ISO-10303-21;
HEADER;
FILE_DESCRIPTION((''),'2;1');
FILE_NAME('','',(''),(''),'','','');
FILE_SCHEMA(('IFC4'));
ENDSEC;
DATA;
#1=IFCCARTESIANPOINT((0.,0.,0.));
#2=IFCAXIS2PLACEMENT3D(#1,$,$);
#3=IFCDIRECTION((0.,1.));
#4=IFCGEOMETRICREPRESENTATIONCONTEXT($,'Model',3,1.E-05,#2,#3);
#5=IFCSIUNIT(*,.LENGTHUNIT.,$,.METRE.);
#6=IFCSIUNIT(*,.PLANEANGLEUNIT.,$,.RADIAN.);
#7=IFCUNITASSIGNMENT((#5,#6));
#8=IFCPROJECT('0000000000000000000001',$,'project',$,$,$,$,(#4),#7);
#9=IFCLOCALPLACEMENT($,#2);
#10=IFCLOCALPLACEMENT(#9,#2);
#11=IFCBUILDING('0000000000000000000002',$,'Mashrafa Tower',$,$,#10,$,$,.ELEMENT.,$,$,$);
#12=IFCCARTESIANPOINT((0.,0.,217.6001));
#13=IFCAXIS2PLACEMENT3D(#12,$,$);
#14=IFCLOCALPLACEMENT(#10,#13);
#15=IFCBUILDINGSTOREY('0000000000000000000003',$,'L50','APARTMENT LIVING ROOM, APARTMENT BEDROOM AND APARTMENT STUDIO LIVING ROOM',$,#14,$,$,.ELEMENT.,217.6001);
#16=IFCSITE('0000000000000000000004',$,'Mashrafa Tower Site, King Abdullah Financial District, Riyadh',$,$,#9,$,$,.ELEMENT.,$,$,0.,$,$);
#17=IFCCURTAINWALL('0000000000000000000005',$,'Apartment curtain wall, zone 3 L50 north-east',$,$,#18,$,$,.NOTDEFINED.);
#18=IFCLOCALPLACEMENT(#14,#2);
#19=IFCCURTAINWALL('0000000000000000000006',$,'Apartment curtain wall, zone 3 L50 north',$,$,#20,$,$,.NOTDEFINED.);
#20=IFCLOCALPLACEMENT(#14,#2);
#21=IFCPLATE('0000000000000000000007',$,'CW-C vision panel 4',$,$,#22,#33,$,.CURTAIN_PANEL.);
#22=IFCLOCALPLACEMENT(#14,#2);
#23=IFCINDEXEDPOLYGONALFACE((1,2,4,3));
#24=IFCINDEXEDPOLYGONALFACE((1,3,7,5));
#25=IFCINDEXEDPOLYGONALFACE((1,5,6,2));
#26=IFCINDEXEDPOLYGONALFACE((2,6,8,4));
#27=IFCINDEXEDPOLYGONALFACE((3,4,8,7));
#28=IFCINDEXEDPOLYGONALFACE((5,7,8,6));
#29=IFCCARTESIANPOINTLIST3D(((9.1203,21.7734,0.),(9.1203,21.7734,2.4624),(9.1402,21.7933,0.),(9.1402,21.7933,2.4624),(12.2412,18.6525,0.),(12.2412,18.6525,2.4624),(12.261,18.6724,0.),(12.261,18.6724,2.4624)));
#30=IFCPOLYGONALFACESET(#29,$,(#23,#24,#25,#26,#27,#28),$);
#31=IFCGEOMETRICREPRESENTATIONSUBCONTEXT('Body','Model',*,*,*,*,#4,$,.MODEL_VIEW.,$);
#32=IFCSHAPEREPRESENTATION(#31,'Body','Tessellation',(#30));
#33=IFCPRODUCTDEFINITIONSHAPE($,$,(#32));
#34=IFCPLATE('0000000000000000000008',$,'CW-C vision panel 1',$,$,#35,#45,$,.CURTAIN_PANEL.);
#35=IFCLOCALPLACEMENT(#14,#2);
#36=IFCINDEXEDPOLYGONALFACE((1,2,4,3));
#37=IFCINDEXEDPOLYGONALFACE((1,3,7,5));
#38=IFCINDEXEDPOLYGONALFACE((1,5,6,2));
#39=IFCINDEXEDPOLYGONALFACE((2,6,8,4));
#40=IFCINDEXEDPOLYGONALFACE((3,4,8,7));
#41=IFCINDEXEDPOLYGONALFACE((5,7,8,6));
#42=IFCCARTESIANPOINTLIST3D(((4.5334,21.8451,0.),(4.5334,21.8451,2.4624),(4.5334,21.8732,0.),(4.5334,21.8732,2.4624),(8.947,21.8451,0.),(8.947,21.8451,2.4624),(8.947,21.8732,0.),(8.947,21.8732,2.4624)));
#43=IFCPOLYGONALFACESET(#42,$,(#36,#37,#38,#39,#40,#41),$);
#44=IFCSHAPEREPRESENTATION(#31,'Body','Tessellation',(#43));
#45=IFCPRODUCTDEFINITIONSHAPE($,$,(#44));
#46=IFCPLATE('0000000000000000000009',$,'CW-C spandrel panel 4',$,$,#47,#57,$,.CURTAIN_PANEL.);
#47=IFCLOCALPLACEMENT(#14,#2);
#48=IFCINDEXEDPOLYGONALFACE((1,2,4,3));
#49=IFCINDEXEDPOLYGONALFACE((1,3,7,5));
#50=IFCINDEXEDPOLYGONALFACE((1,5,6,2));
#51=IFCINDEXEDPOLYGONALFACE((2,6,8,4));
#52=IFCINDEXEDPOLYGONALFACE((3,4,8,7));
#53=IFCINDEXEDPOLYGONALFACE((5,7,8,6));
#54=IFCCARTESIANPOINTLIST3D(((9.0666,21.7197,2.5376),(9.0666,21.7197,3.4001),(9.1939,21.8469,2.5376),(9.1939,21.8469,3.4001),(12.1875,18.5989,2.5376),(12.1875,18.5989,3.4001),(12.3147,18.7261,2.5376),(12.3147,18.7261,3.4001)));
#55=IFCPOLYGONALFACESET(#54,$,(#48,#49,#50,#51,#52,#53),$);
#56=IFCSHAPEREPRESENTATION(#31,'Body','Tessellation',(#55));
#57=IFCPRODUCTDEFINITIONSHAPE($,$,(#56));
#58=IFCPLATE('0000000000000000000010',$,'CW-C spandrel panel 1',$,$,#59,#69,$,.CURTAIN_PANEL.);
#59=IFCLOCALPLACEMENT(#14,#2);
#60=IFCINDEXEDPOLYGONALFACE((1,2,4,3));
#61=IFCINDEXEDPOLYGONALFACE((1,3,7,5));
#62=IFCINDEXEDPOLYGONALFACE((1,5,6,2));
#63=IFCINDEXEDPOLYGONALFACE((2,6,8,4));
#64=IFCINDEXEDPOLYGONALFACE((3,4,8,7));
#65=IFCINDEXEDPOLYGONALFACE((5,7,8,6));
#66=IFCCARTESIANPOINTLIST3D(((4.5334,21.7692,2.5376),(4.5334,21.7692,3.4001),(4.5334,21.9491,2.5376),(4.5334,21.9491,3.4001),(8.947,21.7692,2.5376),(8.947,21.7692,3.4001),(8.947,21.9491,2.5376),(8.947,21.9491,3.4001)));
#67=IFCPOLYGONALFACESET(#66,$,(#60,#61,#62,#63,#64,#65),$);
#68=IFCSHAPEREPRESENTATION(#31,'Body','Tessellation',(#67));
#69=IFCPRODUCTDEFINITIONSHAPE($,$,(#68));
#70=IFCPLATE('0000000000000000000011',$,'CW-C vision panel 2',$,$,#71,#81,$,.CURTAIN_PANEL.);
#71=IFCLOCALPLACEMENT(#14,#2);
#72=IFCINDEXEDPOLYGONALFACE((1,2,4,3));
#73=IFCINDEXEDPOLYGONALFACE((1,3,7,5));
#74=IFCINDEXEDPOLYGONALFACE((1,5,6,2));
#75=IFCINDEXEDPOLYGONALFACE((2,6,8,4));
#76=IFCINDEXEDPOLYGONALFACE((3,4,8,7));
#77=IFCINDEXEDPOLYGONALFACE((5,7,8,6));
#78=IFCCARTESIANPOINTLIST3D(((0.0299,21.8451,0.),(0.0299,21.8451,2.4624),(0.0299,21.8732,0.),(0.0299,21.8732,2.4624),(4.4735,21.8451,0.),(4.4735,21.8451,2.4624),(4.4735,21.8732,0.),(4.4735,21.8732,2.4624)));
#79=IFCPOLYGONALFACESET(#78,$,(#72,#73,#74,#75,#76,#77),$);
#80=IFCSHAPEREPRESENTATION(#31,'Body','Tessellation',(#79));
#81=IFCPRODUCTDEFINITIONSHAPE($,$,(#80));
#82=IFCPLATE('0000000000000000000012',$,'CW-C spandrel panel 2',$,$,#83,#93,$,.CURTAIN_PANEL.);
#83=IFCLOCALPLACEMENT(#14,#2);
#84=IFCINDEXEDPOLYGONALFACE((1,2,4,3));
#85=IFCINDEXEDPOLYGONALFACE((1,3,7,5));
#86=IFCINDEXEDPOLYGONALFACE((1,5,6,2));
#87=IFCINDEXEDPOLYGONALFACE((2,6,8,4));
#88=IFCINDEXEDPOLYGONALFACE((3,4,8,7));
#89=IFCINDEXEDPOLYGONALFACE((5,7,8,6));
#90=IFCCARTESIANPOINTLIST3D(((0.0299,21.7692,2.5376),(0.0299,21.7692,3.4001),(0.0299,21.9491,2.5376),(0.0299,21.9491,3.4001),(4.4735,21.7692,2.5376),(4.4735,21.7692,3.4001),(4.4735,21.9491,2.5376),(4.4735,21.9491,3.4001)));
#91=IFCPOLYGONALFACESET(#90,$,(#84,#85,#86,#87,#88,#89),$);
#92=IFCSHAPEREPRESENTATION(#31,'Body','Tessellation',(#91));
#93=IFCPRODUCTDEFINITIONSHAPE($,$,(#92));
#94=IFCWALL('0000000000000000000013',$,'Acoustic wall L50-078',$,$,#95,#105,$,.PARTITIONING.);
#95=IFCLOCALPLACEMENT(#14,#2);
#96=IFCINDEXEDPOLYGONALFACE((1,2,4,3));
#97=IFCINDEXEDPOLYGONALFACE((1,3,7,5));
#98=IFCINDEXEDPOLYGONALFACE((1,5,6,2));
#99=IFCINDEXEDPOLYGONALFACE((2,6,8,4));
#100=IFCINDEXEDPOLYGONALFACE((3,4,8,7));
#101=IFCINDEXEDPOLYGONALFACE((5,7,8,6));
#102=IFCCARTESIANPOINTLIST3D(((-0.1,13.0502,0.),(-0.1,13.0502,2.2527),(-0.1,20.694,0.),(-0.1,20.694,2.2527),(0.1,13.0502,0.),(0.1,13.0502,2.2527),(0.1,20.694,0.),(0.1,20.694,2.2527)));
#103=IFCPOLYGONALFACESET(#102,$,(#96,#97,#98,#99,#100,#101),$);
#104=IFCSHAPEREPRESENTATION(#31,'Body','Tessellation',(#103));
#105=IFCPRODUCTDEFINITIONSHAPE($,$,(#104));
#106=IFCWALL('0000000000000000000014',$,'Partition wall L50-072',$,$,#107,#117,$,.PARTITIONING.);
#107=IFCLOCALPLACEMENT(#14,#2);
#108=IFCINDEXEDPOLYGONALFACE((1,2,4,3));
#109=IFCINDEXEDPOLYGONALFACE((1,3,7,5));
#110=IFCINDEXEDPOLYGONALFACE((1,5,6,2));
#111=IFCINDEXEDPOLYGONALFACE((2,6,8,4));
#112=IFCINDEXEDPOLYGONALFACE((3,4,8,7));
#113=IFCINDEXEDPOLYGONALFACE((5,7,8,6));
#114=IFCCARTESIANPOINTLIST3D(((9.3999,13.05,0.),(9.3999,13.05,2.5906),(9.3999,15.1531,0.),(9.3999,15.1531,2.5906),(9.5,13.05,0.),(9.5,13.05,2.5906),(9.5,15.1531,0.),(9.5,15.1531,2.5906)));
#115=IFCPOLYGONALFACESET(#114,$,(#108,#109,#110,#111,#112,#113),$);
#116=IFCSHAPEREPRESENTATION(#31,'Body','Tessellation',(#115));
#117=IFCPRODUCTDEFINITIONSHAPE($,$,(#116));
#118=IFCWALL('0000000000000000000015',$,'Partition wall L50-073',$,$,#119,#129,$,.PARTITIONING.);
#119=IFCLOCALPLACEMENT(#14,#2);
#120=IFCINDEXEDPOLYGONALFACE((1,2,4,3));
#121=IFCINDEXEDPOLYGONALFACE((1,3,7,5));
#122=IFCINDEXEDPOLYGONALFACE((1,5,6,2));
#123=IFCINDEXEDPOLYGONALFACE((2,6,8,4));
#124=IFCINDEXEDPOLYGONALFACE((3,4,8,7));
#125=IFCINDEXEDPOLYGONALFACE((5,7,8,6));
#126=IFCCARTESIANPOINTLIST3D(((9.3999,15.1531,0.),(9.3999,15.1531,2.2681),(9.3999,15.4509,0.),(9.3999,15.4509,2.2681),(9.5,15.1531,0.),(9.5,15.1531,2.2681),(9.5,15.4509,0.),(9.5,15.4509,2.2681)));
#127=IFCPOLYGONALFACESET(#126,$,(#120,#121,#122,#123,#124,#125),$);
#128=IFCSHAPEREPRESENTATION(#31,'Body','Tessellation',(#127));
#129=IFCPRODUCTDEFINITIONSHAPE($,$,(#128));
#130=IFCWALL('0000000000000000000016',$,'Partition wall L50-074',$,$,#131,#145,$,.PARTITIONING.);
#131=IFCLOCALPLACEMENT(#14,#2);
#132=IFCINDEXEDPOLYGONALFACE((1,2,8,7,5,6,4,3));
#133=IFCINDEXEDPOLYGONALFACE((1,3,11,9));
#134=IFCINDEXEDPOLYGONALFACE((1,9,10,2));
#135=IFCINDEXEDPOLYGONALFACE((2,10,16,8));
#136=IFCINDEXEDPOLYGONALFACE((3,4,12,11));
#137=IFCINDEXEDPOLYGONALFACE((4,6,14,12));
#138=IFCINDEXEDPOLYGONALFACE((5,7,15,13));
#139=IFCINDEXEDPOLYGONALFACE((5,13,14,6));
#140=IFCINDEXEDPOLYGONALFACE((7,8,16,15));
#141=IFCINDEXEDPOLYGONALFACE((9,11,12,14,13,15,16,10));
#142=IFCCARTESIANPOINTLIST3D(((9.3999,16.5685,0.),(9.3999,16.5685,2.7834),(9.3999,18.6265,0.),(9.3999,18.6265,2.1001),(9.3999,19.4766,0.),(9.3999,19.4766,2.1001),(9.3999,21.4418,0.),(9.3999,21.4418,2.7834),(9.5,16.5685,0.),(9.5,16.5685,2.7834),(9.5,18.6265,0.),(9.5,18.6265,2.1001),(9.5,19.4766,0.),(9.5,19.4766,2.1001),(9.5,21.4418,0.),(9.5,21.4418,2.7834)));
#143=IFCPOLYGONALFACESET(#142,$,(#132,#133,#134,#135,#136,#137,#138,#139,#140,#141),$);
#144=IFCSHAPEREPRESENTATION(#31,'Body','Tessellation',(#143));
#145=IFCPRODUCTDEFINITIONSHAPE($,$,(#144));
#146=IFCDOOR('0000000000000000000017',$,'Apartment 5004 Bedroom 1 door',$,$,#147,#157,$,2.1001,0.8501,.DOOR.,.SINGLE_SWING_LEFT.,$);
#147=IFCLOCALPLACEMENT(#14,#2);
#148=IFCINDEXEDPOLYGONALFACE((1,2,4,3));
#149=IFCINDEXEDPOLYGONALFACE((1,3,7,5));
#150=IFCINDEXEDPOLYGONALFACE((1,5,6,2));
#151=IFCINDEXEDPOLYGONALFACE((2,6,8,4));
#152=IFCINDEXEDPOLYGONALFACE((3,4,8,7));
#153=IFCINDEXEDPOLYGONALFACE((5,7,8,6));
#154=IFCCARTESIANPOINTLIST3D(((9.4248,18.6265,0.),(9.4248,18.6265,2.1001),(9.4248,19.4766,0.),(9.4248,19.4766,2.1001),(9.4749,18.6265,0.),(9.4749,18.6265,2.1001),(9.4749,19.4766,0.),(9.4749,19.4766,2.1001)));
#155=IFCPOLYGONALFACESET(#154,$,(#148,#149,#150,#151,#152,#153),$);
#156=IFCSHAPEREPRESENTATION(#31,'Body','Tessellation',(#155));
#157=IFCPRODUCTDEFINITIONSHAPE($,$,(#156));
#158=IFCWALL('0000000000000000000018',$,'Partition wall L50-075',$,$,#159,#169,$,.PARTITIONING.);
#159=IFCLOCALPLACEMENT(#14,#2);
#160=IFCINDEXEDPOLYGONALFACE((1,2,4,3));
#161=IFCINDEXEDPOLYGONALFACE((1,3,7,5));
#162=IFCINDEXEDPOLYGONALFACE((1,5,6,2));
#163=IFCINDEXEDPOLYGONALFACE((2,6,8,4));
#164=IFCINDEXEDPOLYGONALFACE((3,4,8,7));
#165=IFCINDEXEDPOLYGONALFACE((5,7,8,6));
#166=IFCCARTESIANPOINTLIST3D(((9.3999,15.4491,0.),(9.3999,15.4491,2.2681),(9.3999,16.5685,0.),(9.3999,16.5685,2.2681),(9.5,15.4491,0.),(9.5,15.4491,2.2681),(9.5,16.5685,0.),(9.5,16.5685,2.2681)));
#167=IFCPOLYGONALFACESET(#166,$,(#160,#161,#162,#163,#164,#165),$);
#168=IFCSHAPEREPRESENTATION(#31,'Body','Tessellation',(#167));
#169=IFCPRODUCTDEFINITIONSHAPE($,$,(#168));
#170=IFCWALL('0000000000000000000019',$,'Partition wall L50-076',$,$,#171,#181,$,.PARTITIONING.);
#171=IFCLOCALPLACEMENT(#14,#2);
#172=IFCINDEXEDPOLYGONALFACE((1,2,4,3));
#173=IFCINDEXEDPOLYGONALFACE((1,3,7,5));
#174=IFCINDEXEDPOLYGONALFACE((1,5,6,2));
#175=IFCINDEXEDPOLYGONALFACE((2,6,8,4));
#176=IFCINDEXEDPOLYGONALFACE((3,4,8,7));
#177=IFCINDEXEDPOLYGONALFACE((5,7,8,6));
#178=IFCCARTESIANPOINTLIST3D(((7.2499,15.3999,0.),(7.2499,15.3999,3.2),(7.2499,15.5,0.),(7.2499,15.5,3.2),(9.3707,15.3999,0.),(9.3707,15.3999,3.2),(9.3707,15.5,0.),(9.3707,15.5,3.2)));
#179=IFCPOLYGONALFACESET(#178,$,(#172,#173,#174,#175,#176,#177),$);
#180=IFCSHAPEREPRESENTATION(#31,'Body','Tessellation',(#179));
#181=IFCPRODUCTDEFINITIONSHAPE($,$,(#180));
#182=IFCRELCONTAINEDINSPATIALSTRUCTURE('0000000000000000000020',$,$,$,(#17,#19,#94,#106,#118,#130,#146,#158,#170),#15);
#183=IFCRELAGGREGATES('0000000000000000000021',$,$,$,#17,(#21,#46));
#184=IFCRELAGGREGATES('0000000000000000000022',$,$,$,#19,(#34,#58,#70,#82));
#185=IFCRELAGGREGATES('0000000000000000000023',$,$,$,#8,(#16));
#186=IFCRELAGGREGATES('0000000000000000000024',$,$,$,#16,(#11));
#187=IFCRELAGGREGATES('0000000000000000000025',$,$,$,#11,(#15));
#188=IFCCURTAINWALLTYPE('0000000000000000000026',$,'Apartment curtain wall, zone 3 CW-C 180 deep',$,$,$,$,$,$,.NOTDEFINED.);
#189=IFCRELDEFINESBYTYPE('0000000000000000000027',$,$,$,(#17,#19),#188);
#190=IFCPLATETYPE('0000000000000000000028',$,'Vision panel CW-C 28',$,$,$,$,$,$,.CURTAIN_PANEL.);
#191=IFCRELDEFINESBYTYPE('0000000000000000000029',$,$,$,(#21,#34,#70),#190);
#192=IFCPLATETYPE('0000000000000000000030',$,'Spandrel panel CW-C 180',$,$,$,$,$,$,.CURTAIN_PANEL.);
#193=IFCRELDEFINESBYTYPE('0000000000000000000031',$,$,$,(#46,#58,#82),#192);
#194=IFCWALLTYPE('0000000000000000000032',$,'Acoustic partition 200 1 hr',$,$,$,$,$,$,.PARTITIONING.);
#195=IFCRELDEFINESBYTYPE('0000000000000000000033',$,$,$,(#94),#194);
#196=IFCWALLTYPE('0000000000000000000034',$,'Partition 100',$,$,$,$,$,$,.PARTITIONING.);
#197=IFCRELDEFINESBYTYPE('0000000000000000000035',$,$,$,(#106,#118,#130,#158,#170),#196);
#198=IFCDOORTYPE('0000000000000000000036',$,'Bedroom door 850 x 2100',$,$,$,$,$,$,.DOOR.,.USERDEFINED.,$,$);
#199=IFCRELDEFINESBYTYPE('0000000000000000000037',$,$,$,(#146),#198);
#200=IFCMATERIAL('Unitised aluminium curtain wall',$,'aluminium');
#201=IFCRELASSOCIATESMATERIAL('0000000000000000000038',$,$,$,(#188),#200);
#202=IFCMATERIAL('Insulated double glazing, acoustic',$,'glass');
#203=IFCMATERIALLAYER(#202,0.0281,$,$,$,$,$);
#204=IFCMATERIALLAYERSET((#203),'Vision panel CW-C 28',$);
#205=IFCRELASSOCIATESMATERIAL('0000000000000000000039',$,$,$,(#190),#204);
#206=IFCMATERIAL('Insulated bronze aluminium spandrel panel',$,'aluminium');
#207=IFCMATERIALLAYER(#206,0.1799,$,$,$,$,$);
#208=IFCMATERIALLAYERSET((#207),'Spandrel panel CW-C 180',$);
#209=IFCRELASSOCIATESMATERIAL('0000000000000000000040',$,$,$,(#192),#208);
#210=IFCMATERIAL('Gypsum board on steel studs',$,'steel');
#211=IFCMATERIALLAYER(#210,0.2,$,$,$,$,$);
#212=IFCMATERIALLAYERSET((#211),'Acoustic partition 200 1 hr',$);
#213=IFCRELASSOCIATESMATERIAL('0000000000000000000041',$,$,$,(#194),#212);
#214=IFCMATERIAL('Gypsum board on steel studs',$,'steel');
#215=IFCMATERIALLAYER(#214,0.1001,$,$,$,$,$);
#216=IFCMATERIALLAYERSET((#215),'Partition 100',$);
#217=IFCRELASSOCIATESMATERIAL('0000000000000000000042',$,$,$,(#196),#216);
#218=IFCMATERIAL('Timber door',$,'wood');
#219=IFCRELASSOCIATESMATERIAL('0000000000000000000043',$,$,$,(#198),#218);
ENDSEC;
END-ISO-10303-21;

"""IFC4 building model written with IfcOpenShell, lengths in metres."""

from ifc_helpers import new_model, si_unit, direction, frame, frame_2d, origin, origin_2d, place, context, subcontext, project, spatial, rectangle, extrude, source, transform, mapped, material, layer, layer_set, type_object, type_shapes, element, fill, aggregate, save


model = new_model("IFC4")

# Units and contexts
model_context = context("Model", 3, precision=1e-05, world=origin(), true_north=direction((0.0, 1.0)))
body_context = subcontext(model_context, "Body", "Model", "MODEL_VIEW")
ifc_project = project(units=[si_unit("LENGTHUNIT", "METRE"), si_unit("PLANEANGLEUNIT", "RADIAN")], contexts=[model_context])

# Site, building, storey
site_placement = place(None, origin())
site = spatial("IfcSite", under=ifc_project, at=site_placement, Name="Mashrafa Tower Site, King Abdullah Financial District, Riyadh", CompositionType="ELEMENT", RefElevation=0.0)
building_placement = place(site_placement, origin())
building = spatial("IfcBuilding", under=site, at=building_placement, Name="Mashrafa Tower", CompositionType="ELEMENT")
storey_placement = place(building_placement, frame((0.0, 0.0, 217.6001)))
storey = spatial("IfcBuildingStorey", under=building, at=storey_placement, Name="L50", Description="APARTMENT LIVING ROOM, APARTMENT BEDROOM AND APARTMENT STUDIO LIVING ROOM", CompositionType="ELEMENT", Elevation=217.6001)

# Curtain wall
ifc_material_1 = material(Name="Unitised aluminium curtain wall", Category="aluminium")
curtain_wall_type = type_object("IfcCurtainWallType", Name="Apartment curtain wall, zone 3 CW-C 180 deep", PredefinedType="NOTDEFINED", material=ifc_material_1)
curtain_wall_1_placement = place(storey_placement, origin())
curtain_wall_1 = element("IfcCurtainWall", 1, at=curtain_wall_1_placement, inside=storey, type_object=curtain_wall_type, Name="Apartment curtain wall, zone 3 L50 north-east", PredefinedType="NOTDEFINED")

# Curtain wall
curtain_wall_2_placement = place(storey_placement, origin())
curtain_wall_2 = element("IfcCurtainWall", 2, at=curtain_wall_2_placement, inside=storey, type_object=curtain_wall_type, Name="Apartment curtain wall, zone 3 L50 north", PredefinedType="NOTDEFINED")

# Plates
ifc_material_2 = material(Name="Insulated double glazing, acoustic", Category="glass")
ifc_layer_1 = layer(ifc_material_2, 0.0281)
ifc_layer_set_1 = layer_set([ifc_layer_1], Name="Vision panel CW-C 28")
plate_type_1 = type_object("IfcPlateType", Name="Vision panel CW-C 28", PredefinedType="CURTAIN_PANEL", material=ifc_layer_set_1)
shared_shape_1 = source(origin(), body_context, "Body", "SweptSolid", [
    extrude(rectangle(XDim=4.4136, YDim=0.0281, at=origin_2d()), origin(), (0.0, 0.0, 1.0), 2.4624),
])
plate_1_placement = place(storey_placement, frame((10.6907, 20.2229, 0.0), z_axis=(0.0, 0.0, 1.0), x_axis=(-0.707107, 0.707107, 0.0)))
plate_1 = element("IfcPlate", 3, at=plate_1_placement, type_object=plate_type_1, Name="CW-C vision panel 4", PredefinedType="CURTAIN_PANEL", context=body_context, shape_type="MappedRepresentation", body=[
    mapped(shared_shape_1, transform((0.0, 0.0, 0.0))),
])
plate_2_placement = place(storey_placement, frame((6.7402, 21.8591, 0.0), z_axis=(0.0, 0.0, 1.0), x_axis=(-1.0, 0.0, 0.0)))
plate_2 = element("IfcPlate", 4, at=plate_2_placement, type_object=plate_type_1, Name="CW-C vision panel 1", PredefinedType="CURTAIN_PANEL", context=body_context, shape_type="MappedRepresentation", body=[
    mapped(shared_shape_1, transform((0.0, 0.0, 0.0))),
])
ifc_material_3 = material(Name="Insulated bronze aluminium spandrel panel", Category="aluminium")
ifc_layer_2 = layer(ifc_material_3, 0.1799)
ifc_layer_set_2 = layer_set([ifc_layer_2], Name="Spandrel panel CW-C 180")
plate_type_2 = type_object("IfcPlateType", Name="Spandrel panel CW-C 180", PredefinedType="CURTAIN_PANEL", material=ifc_layer_set_2)
shared_shape_2 = source(origin(), body_context, "Body", "SweptSolid", [
    extrude(rectangle(XDim=4.4136, YDim=0.1799, at=origin_2d()), origin(), (0.0, 0.0, 1.0), 0.8625),
])
plate_3_placement = place(storey_placement, frame((10.6907, 20.2229, 2.5376), z_axis=(0.0, 0.0, 1.0), x_axis=(-0.707107, 0.707107, 0.0)))
plate_3 = element("IfcPlate", 5, at=plate_3_placement, type_object=plate_type_2, Name="CW-C spandrel panel 4", PredefinedType="CURTAIN_PANEL", context=body_context, shape_type="MappedRepresentation", body=[
    mapped(shared_shape_2, transform((0.0, 0.0, 0.0))),
])
aggregate(curtain_wall_1, [plate_1, plate_3])
plate_4_placement = place(storey_placement, frame((6.7402, 21.8591, 2.5376), z_axis=(0.0, 0.0, 1.0), x_axis=(-1.0, 0.0, 0.0)))
plate_4 = element("IfcPlate", 6, at=plate_4_placement, type_object=plate_type_2, Name="CW-C spandrel panel 1", PredefinedType="CURTAIN_PANEL", context=body_context, shape_type="MappedRepresentation", body=[
    mapped(shared_shape_2, transform((0.0, 0.0, 0.0))),
])
shared_shape_3 = source(origin(), body_context, "Body", "SweptSolid", [
    extrude(rectangle(XDim=4.4436, YDim=0.0281, at=origin_2d()), origin(), (0.0, 0.0, 1.0), 2.4624),
])
type_shapes(plate_type_1, [shared_shape_1, shared_shape_3])
plate_5_placement = place(storey_placement, frame((2.2517, 21.8591, 0.0), z_axis=(0.0, 0.0, 1.0), x_axis=(-1.0, 0.0, 0.0)))
plate_5 = element("IfcPlate", 7, at=plate_5_placement, type_object=plate_type_1, Name="CW-C vision panel 2", PredefinedType="CURTAIN_PANEL", context=body_context, shape_type="MappedRepresentation", body=[
    mapped(shared_shape_3, transform((0.0, 0.0, 0.0))),
])
shared_shape_4 = source(origin(), body_context, "Body", "SweptSolid", [
    extrude(rectangle(XDim=4.4436, YDim=0.1799, at=origin_2d()), origin(), (0.0, 0.0, 1.0), 0.8625),
])
type_shapes(plate_type_2, [shared_shape_2, shared_shape_4])
plate_6_placement = place(storey_placement, frame((2.2517, 21.8591, 2.5376), z_axis=(0.0, 0.0, 1.0), x_axis=(-1.0, 0.0, 0.0)))
plate_6 = element("IfcPlate", 8, at=plate_6_placement, type_object=plate_type_2, Name="CW-C spandrel panel 2", PredefinedType="CURTAIN_PANEL", context=body_context, shape_type="MappedRepresentation", body=[
    mapped(shared_shape_4, transform((0.0, 0.0, 0.0))),
])
aggregate(curtain_wall_2, [plate_2, plate_4, plate_5, plate_6])

# Walls
ifc_material_4 = material(Name="Gypsum board on steel studs", Category="steel")
ifc_layer_3 = layer(ifc_material_4, 0.2)
ifc_layer_set_3 = layer_set([ifc_layer_3], Name="Acoustic partition 200 1 hr")
wall_type_1 = type_object("IfcWallType", Name="Acoustic partition 200 1 hr", PredefinedType="PARTITIONING", material=ifc_layer_set_3)
wall_1_placement = place(storey_placement, frame((0.0, 20.6938, 0.0), z_axis=(0.0, 0.0, 1.0), x_axis=(0.0, -1.0, 0.0)))
element("IfcWall", 9, at=wall_1_placement, inside=storey, type_object=wall_type_1, Name="Acoustic wall L50-078", PredefinedType="PARTITIONING", context=body_context, shape_type="SweptSolid", body=[
    extrude(rectangle(XDim=7.6438, YDim=0.2, at=frame_2d((3.8218, 0.0))), origin(), (0.0, 0.0, 1.0), 2.2527),
])
ifc_material_5 = material(Name="Gypsum board on steel studs", Category="steel")
ifc_layer_4 = layer(ifc_material_5, 0.1001)
ifc_layer_set_4 = layer_set([ifc_layer_4], Name="Partition 100")
wall_type_2 = type_object("IfcWallType", Name="Partition 100", PredefinedType="PARTITIONING", material=ifc_layer_set_4)
wall_2_placement = place(storey_placement, frame((9.45, 15.1531, 0.0), z_axis=(0.0, 0.0, 1.0), x_axis=(0.0, -1.0, 0.0)))
element("IfcWall", 10, at=wall_2_placement, inside=storey, type_object=wall_type_2, Name="Partition wall L50-072", PredefinedType="PARTITIONING", context=body_context, shape_type="SweptSolid", body=[
    extrude(rectangle(XDim=2.103, YDim=0.1001, at=frame_2d((1.0515, 0.0))), origin(), (0.0, 0.0, 1.0), 2.5906),
])
wall_3_placement = place(storey_placement, frame((9.45, 15.4509, 0.0), z_axis=(0.0, 0.0, 1.0), x_axis=(0.0, -1.0, 0.0)))
element("IfcWall", 11, at=wall_3_placement, inside=storey, type_object=wall_type_2, Name="Partition wall L50-073", PredefinedType="PARTITIONING", context=body_context, shape_type="SweptSolid", body=[
    extrude(rectangle(XDim=0.2979, YDim=0.1001, at=frame_2d((0.1489, 0.0))), origin(), (0.0, 0.0, 1.0), 2.2681),
])

# Wall, opening, door
wall_4_placement = place(storey_placement, frame((9.45, 21.4417, 0.0), z_axis=(0.0, 0.0, 1.0), x_axis=(0.0, -1.0, 0.0)))
wall_4 = element("IfcWall", 12, at=wall_4_placement, inside=storey, type_object=wall_type_2, Name="Partition wall L50-074", PredefinedType="PARTITIONING", context=body_context, shape_type="SweptSolid", body=[
    extrude(rectangle(XDim=4.8733, YDim=0.1001, at=frame_2d((2.4365, 0.0))), origin(), (0.0, 0.0, 1.0), 2.7834),
])
opening_1_placement = place(wall_4_placement, frame((1.9651, 0.0, 0.0)))
opening_1 = element("IfcOpeningElement", 13, at=opening_1_placement, cuts=wall_4, PredefinedType="OPENING", context=body_context, shape_type="SweptSolid", body=[
    extrude(rectangle(XDim=0.8501, YDim=2.1001, at=frame_2d((0.425, 1.05))), frame((0.0, 0.0601, 0.0), z_axis=(0.0, -1.0, 0.0), x_axis=(1.0, 0.0, 0.0)), (0.0, 0.0, 1.0), 0.1201),
])
ifc_material_6 = material(Name="Timber door", Category="wood")
door_type_1 = type_object("IfcDoorType", Name="Bedroom door 850 x 2100", OperationType="USERDEFINED", PredefinedType="DOOR", material=ifc_material_6)
door_1_placement = place(opening_1_placement, origin())
door_1 = element("IfcDoor", 14, at=door_1_placement, inside=storey, type_object=door_type_1, Name="Apartment 5004 Bedroom 1 door", OperationType="SINGLE_SWING_LEFT", OverallHeight=2.1001, OverallWidth=0.8501, PredefinedType="DOOR", context=body_context, shape_type="SweptSolid", body=[
    extrude(rectangle(XDim=0.8501, YDim=2.1001, at=frame_2d((0.425, 1.05))), frame((0.0, 0.0249, 0.0), z_axis=(0.0, -1.0, 0.0), x_axis=(1.0, 0.0, 0.0)), (0.0, 0.0, 1.0), 0.05),
])
fill(opening_1, door_1)

# Walls
wall_5_placement = place(storey_placement, frame((9.45, 16.5684, 0.0), z_axis=(0.0, 0.0, 1.0), x_axis=(0.0, -1.0, 0.0)))
element("IfcWall", 15, at=wall_5_placement, inside=storey, type_object=wall_type_2, Name="Partition wall L50-075", PredefinedType="PARTITIONING", context=body_context, shape_type="SweptSolid", body=[
    extrude(rectangle(XDim=1.1194, YDim=0.1001, at=frame_2d((0.5596, 0.0))), origin(), (0.0, 0.0, 1.0), 2.2681),
])
wall_6_placement = place(storey_placement, frame((9.3708, 15.45, 0.0), z_axis=(0.0, 0.0, 1.0), x_axis=(-1.0, 0.0, 0.0)))
element("IfcWall", 16, at=wall_6_placement, inside=storey, type_object=wall_type_2, Name="Partition wall L50-076", PredefinedType="PARTITIONING", context=body_context, shape_type="SweptSolid", body=[
    extrude(rectangle(XDim=2.1208, YDim=0.1001, at=frame_2d((1.0605, 0.0))), origin(), (0.0, 0.0, 1.0), 3.2),
])

save(model, "model.ifc")
